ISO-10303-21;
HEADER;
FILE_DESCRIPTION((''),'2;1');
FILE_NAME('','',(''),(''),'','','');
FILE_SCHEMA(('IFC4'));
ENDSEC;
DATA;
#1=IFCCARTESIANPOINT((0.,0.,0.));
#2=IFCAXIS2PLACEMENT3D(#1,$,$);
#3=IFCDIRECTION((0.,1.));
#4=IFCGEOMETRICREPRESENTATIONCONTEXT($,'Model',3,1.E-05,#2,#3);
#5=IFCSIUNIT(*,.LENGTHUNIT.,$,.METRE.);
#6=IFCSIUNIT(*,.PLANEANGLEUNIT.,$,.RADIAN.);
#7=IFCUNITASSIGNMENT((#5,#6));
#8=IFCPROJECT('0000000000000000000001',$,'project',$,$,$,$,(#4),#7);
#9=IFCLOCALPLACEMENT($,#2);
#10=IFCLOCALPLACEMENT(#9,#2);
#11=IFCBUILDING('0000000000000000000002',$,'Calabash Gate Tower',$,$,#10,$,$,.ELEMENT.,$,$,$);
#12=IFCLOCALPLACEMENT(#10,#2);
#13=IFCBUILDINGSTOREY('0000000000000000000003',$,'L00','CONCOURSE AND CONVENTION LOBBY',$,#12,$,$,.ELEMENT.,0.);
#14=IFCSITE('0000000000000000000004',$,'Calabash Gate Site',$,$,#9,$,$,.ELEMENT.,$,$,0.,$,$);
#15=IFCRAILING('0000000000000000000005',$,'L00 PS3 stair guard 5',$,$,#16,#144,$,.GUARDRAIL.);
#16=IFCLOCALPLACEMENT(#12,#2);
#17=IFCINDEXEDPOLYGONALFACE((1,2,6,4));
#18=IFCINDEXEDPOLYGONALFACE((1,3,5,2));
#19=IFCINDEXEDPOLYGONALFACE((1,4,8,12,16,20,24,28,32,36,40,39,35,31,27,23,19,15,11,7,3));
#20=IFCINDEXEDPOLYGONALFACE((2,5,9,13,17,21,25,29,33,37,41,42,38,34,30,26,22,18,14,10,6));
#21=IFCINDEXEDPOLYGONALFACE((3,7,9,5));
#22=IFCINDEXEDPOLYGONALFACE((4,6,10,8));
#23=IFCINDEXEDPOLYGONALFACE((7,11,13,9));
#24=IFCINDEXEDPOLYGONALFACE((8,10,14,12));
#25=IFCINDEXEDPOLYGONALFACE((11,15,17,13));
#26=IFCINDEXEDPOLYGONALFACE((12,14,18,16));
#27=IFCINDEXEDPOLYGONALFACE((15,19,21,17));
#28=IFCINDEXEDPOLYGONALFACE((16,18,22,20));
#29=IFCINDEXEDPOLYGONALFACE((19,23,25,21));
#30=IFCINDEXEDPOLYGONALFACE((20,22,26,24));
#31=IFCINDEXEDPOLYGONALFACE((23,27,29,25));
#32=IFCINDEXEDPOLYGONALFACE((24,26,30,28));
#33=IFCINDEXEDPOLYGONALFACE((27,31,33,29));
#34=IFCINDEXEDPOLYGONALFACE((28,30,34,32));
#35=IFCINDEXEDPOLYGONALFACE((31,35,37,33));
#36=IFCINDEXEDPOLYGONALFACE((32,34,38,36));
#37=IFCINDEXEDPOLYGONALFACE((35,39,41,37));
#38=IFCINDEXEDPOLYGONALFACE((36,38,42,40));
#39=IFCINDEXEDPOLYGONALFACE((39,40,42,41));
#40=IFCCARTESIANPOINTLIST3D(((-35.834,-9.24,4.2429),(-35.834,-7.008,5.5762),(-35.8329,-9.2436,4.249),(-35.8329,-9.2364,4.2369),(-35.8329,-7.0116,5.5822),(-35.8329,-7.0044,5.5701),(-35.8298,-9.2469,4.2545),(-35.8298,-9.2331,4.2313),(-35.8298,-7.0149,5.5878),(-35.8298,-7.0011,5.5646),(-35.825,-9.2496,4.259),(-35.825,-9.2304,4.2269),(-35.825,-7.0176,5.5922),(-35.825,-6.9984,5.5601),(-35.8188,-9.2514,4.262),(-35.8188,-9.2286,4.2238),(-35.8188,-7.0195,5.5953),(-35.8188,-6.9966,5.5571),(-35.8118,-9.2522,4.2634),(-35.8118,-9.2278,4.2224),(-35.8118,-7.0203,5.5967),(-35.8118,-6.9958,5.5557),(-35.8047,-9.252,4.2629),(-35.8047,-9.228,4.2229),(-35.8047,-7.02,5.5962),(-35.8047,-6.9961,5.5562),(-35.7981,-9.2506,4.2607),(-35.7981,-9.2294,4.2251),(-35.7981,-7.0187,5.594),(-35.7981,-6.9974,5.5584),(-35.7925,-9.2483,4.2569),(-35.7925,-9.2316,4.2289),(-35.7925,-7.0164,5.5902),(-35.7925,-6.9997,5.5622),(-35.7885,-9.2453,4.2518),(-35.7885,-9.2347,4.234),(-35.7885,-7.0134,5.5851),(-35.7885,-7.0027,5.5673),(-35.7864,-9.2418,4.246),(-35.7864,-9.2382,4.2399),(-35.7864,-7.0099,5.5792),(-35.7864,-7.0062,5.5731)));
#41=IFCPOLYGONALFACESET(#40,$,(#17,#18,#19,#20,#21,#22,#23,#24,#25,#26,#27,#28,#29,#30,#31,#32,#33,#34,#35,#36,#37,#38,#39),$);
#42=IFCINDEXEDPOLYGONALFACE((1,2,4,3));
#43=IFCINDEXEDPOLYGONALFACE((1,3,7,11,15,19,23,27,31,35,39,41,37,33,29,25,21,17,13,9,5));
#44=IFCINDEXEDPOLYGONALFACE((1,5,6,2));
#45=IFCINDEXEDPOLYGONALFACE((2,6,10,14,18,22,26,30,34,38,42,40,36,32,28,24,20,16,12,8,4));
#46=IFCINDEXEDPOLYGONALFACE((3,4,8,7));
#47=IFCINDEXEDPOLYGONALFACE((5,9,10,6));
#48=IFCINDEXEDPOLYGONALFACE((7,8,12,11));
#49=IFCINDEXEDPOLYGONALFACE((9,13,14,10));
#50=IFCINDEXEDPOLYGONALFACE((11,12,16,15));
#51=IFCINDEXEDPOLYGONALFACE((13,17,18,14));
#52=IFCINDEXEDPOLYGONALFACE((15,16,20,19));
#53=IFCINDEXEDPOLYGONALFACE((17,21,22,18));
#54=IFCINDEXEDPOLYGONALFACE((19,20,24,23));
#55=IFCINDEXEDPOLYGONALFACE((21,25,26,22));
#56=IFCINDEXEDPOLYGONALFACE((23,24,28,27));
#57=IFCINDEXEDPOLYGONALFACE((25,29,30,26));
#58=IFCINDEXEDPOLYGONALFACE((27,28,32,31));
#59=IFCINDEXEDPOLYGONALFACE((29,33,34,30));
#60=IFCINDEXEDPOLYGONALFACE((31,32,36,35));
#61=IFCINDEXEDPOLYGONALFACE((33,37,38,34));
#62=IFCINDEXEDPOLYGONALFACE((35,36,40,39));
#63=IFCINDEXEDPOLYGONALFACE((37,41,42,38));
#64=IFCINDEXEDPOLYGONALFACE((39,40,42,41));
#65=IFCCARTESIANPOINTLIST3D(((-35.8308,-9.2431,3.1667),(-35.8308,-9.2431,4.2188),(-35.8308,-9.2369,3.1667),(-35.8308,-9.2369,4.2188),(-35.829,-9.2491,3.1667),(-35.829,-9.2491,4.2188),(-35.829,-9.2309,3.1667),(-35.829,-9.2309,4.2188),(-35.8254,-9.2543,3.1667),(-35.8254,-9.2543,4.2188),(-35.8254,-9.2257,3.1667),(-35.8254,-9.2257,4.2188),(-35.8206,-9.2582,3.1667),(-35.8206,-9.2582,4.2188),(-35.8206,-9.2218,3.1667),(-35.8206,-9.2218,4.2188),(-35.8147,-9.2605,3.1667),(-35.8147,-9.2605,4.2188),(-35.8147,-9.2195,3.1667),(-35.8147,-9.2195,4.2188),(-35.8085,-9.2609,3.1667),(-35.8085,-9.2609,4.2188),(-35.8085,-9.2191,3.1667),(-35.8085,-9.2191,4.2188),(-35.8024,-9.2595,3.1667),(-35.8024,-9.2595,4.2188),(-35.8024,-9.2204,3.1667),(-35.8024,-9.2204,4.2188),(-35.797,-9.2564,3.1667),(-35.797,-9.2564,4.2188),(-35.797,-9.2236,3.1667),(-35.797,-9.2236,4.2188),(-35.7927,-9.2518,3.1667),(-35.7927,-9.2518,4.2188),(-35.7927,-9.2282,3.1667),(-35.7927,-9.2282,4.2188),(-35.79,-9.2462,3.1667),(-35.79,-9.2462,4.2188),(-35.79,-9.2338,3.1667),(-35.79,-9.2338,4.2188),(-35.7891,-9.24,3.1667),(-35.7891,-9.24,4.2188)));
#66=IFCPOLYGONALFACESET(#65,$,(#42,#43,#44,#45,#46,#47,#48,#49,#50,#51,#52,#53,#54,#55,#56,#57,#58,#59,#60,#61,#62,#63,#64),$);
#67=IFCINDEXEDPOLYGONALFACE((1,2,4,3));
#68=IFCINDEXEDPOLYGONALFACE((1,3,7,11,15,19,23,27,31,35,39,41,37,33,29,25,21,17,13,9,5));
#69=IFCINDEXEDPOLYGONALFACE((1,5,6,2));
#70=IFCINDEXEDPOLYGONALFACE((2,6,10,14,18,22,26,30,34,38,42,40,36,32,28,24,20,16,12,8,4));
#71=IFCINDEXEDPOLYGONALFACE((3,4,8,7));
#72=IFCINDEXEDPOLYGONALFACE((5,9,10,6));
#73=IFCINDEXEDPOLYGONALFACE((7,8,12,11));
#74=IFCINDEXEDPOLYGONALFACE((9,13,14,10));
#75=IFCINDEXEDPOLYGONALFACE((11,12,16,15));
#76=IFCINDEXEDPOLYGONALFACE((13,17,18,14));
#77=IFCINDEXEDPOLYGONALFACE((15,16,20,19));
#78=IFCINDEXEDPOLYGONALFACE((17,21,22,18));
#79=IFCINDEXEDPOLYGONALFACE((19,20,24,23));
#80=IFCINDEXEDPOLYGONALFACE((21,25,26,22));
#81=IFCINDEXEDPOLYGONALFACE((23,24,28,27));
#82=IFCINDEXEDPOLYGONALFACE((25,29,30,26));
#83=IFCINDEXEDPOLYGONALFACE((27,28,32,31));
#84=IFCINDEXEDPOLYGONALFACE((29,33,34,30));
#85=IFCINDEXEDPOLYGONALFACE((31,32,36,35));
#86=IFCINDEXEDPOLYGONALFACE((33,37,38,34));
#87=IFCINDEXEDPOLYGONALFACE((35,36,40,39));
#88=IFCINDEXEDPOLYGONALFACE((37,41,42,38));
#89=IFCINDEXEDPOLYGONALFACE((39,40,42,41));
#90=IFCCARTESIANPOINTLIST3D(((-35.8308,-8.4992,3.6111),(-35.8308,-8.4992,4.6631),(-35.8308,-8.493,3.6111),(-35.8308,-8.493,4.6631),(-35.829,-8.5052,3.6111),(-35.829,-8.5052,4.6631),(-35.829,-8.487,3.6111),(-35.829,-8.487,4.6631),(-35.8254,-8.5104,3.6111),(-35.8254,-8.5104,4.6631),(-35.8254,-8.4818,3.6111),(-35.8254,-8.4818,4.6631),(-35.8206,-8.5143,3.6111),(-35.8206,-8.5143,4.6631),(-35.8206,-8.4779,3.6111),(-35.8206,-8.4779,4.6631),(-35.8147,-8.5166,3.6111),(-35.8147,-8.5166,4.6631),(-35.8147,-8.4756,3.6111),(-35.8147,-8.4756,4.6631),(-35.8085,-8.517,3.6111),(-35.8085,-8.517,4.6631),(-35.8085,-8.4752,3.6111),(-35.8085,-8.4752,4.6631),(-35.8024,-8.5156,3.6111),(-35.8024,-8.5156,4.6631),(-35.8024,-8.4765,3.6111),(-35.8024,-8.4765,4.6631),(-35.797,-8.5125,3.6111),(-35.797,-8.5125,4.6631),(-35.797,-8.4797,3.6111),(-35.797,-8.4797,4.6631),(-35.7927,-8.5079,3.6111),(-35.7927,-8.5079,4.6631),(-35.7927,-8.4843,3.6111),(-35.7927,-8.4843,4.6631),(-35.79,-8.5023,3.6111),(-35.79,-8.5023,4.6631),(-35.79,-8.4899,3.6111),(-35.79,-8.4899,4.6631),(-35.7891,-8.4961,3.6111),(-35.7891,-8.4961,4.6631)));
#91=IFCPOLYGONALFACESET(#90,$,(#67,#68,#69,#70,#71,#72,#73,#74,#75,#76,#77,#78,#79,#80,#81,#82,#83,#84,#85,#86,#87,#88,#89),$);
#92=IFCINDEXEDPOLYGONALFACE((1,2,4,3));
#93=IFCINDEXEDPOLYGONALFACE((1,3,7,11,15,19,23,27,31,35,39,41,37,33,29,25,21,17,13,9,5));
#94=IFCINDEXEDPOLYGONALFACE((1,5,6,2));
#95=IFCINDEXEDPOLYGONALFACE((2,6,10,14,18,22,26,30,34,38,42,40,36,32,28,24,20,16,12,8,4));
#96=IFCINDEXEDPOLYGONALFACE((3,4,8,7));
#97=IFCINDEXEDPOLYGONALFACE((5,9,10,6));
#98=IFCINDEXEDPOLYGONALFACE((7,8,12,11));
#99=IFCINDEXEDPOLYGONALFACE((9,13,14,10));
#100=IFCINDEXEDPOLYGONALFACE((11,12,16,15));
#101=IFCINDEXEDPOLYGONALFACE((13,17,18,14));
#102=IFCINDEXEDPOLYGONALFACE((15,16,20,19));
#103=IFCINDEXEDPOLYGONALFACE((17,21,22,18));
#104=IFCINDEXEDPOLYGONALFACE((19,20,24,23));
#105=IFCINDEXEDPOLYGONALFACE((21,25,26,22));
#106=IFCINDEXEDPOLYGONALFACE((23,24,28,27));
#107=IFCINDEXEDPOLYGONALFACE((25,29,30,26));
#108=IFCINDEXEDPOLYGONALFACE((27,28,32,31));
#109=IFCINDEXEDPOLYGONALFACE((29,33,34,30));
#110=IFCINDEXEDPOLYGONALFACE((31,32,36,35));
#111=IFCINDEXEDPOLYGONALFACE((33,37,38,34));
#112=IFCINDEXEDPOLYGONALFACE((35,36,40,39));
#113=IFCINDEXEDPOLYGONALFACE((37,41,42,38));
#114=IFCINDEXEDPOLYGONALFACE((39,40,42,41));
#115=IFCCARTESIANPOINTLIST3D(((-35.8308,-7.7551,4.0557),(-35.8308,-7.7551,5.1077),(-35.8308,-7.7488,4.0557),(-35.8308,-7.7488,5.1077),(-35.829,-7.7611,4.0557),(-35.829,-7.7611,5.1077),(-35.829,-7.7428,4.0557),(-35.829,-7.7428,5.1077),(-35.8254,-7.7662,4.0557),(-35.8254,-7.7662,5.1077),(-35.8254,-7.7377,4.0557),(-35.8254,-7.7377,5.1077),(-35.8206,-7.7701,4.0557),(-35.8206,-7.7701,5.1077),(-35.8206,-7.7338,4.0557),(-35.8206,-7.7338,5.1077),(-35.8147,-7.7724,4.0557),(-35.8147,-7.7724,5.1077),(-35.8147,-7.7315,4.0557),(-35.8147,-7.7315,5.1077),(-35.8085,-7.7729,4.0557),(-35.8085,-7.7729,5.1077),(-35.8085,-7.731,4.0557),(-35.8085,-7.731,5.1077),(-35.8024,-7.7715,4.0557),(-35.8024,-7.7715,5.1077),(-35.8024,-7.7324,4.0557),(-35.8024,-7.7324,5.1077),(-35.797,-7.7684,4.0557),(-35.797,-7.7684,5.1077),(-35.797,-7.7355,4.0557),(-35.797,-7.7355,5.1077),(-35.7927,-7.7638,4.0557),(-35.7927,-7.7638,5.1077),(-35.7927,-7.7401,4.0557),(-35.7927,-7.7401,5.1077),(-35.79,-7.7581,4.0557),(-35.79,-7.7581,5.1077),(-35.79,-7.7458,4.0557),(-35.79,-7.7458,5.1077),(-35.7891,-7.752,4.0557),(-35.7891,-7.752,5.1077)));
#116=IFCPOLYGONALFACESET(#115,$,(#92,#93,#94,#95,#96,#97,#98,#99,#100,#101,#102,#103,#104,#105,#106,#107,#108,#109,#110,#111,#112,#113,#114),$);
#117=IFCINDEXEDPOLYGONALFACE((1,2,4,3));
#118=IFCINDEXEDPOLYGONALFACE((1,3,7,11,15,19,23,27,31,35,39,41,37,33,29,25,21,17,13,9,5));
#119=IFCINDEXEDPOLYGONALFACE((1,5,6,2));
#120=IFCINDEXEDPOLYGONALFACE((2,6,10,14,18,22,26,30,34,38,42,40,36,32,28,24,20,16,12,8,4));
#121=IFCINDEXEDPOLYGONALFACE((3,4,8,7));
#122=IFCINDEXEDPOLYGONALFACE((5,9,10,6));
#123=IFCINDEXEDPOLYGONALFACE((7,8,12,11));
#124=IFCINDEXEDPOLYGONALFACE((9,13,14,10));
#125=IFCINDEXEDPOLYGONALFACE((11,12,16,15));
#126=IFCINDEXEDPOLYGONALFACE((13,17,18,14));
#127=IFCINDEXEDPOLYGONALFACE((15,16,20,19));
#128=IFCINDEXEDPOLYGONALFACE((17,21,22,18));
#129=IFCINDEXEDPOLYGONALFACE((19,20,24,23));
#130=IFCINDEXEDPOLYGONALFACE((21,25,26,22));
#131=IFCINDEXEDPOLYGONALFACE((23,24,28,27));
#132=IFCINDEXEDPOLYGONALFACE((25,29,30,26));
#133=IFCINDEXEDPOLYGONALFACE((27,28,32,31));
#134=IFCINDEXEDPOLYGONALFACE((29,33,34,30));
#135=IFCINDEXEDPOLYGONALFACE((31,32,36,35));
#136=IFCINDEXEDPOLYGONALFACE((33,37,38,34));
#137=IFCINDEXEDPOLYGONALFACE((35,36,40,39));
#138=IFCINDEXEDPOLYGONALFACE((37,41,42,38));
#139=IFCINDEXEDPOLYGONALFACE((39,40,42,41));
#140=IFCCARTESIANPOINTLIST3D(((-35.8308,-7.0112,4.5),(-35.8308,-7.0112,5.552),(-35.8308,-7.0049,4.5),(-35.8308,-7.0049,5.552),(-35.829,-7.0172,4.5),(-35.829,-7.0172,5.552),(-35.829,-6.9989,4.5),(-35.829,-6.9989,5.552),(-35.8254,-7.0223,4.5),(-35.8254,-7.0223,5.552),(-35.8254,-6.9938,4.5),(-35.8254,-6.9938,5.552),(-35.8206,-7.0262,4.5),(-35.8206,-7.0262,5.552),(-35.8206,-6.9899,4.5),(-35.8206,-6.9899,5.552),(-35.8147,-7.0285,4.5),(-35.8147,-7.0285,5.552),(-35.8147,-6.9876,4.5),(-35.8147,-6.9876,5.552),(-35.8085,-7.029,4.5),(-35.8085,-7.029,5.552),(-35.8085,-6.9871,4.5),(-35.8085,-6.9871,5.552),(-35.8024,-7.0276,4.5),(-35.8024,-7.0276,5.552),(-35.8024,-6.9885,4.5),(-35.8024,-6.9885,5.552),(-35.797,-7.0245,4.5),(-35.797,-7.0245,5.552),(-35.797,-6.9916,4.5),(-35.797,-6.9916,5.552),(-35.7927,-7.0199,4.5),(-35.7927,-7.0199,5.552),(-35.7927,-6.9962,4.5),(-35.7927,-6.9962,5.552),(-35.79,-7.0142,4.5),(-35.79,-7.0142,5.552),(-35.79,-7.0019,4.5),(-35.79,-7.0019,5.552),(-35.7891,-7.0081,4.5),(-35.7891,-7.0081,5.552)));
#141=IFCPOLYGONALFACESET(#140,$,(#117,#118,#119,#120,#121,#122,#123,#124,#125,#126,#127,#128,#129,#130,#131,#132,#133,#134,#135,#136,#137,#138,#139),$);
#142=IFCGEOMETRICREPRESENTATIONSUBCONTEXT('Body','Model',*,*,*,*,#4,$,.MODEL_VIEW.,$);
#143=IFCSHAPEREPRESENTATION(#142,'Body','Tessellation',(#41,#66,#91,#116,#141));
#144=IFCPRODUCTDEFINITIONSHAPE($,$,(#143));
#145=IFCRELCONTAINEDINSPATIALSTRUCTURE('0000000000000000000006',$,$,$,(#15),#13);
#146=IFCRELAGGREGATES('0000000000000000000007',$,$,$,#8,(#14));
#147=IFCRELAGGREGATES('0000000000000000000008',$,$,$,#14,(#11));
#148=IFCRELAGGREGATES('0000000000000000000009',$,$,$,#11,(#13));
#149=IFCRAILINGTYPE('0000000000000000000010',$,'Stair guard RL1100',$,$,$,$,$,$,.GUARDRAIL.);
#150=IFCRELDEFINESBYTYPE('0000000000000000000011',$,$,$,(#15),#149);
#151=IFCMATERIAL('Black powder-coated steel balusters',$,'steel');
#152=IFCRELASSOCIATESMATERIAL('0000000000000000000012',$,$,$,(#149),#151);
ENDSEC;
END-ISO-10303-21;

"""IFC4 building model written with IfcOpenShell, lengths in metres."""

from ifc_helpers import new_model, si_unit, direction, frame, origin, origin_2d, place, context, subcontext, project, spatial, circle, extrude, material, type_object, element, save


model = new_model("IFC4")

# Units and contexts
model_context = context("Model", 3, precision=1e-05, world=origin(), true_north=direction((0.0, 1.0)))
body_context = subcontext(model_context, "Body", "Model", "MODEL_VIEW")
ifc_project = project(units=[si_unit("LENGTHUNIT", "METRE"), si_unit("PLANEANGLEUNIT", "RADIAN")], contexts=[model_context])

# Site, building, storey
site_placement = place(None, origin())
site = spatial("IfcSite", under=ifc_project, at=site_placement, Name="Calabash Gate Site", CompositionType="ELEMENT", RefElevation=0.0)
building_placement = place(site_placement, origin())
building = spatial("IfcBuilding", under=site, at=building_placement, Name="Calabash Gate Tower", CompositionType="ELEMENT")
storey_placement = place(building_placement, origin())
storey = spatial("IfcBuildingStorey", under=building, at=storey_placement, Name="L00", Description="CONCOURSE AND CONVENTION LOBBY", CompositionType="ELEMENT", Elevation=0.0)

# Railing
ifc_material_1 = material(Name="Black powder-coated steel balusters", Category="steel")
railing_type_1 = type_object("IfcRailingType", Name="Stair guard RL1100", PredefinedType="GUARDRAIL", material=ifc_material_1)
railing_1_placement = place(storey_placement, frame((-35.8101, -9.24, 3.1667)))
element("IfcRailing", 1, at=railing_1_placement, inside=storey, type_object=railing_type_1, Name="L00 PS3 stair guard 5", PredefinedType="GUARDRAIL", context=body_context, shape_type="SweptSolid", body=[
    extrude(circle(Radius=0.0239, at=origin_2d()), frame((0.0, 0.0, 1.0762), z_axis=(0.0, 0.858494, 0.512824), x_axis=(-1.0, 0.0, 0.0)), (0.0, 0.0, 1.0), 2.5999),
    extrude(circle(Radius=0.021, at=origin_2d()), origin(), (0.0, 0.0, 1.0), 1.052),
    extrude(circle(Radius=0.021, at=origin_2d()), frame((0.0, 0.7439, 0.4443)), (0.0, 0.0, 1.0), 1.052),
    extrude(circle(Radius=0.021, at=origin_2d()), frame((0.0, 1.488, 0.8889)), (0.0, 0.0, 1.0), 1.052),
    extrude(circle(Radius=0.021, at=origin_2d()), frame((0.0, 2.2319, 1.3333)), (0.0, 0.0, 1.0), 1.052),
])

save(model, "model.ifc")
